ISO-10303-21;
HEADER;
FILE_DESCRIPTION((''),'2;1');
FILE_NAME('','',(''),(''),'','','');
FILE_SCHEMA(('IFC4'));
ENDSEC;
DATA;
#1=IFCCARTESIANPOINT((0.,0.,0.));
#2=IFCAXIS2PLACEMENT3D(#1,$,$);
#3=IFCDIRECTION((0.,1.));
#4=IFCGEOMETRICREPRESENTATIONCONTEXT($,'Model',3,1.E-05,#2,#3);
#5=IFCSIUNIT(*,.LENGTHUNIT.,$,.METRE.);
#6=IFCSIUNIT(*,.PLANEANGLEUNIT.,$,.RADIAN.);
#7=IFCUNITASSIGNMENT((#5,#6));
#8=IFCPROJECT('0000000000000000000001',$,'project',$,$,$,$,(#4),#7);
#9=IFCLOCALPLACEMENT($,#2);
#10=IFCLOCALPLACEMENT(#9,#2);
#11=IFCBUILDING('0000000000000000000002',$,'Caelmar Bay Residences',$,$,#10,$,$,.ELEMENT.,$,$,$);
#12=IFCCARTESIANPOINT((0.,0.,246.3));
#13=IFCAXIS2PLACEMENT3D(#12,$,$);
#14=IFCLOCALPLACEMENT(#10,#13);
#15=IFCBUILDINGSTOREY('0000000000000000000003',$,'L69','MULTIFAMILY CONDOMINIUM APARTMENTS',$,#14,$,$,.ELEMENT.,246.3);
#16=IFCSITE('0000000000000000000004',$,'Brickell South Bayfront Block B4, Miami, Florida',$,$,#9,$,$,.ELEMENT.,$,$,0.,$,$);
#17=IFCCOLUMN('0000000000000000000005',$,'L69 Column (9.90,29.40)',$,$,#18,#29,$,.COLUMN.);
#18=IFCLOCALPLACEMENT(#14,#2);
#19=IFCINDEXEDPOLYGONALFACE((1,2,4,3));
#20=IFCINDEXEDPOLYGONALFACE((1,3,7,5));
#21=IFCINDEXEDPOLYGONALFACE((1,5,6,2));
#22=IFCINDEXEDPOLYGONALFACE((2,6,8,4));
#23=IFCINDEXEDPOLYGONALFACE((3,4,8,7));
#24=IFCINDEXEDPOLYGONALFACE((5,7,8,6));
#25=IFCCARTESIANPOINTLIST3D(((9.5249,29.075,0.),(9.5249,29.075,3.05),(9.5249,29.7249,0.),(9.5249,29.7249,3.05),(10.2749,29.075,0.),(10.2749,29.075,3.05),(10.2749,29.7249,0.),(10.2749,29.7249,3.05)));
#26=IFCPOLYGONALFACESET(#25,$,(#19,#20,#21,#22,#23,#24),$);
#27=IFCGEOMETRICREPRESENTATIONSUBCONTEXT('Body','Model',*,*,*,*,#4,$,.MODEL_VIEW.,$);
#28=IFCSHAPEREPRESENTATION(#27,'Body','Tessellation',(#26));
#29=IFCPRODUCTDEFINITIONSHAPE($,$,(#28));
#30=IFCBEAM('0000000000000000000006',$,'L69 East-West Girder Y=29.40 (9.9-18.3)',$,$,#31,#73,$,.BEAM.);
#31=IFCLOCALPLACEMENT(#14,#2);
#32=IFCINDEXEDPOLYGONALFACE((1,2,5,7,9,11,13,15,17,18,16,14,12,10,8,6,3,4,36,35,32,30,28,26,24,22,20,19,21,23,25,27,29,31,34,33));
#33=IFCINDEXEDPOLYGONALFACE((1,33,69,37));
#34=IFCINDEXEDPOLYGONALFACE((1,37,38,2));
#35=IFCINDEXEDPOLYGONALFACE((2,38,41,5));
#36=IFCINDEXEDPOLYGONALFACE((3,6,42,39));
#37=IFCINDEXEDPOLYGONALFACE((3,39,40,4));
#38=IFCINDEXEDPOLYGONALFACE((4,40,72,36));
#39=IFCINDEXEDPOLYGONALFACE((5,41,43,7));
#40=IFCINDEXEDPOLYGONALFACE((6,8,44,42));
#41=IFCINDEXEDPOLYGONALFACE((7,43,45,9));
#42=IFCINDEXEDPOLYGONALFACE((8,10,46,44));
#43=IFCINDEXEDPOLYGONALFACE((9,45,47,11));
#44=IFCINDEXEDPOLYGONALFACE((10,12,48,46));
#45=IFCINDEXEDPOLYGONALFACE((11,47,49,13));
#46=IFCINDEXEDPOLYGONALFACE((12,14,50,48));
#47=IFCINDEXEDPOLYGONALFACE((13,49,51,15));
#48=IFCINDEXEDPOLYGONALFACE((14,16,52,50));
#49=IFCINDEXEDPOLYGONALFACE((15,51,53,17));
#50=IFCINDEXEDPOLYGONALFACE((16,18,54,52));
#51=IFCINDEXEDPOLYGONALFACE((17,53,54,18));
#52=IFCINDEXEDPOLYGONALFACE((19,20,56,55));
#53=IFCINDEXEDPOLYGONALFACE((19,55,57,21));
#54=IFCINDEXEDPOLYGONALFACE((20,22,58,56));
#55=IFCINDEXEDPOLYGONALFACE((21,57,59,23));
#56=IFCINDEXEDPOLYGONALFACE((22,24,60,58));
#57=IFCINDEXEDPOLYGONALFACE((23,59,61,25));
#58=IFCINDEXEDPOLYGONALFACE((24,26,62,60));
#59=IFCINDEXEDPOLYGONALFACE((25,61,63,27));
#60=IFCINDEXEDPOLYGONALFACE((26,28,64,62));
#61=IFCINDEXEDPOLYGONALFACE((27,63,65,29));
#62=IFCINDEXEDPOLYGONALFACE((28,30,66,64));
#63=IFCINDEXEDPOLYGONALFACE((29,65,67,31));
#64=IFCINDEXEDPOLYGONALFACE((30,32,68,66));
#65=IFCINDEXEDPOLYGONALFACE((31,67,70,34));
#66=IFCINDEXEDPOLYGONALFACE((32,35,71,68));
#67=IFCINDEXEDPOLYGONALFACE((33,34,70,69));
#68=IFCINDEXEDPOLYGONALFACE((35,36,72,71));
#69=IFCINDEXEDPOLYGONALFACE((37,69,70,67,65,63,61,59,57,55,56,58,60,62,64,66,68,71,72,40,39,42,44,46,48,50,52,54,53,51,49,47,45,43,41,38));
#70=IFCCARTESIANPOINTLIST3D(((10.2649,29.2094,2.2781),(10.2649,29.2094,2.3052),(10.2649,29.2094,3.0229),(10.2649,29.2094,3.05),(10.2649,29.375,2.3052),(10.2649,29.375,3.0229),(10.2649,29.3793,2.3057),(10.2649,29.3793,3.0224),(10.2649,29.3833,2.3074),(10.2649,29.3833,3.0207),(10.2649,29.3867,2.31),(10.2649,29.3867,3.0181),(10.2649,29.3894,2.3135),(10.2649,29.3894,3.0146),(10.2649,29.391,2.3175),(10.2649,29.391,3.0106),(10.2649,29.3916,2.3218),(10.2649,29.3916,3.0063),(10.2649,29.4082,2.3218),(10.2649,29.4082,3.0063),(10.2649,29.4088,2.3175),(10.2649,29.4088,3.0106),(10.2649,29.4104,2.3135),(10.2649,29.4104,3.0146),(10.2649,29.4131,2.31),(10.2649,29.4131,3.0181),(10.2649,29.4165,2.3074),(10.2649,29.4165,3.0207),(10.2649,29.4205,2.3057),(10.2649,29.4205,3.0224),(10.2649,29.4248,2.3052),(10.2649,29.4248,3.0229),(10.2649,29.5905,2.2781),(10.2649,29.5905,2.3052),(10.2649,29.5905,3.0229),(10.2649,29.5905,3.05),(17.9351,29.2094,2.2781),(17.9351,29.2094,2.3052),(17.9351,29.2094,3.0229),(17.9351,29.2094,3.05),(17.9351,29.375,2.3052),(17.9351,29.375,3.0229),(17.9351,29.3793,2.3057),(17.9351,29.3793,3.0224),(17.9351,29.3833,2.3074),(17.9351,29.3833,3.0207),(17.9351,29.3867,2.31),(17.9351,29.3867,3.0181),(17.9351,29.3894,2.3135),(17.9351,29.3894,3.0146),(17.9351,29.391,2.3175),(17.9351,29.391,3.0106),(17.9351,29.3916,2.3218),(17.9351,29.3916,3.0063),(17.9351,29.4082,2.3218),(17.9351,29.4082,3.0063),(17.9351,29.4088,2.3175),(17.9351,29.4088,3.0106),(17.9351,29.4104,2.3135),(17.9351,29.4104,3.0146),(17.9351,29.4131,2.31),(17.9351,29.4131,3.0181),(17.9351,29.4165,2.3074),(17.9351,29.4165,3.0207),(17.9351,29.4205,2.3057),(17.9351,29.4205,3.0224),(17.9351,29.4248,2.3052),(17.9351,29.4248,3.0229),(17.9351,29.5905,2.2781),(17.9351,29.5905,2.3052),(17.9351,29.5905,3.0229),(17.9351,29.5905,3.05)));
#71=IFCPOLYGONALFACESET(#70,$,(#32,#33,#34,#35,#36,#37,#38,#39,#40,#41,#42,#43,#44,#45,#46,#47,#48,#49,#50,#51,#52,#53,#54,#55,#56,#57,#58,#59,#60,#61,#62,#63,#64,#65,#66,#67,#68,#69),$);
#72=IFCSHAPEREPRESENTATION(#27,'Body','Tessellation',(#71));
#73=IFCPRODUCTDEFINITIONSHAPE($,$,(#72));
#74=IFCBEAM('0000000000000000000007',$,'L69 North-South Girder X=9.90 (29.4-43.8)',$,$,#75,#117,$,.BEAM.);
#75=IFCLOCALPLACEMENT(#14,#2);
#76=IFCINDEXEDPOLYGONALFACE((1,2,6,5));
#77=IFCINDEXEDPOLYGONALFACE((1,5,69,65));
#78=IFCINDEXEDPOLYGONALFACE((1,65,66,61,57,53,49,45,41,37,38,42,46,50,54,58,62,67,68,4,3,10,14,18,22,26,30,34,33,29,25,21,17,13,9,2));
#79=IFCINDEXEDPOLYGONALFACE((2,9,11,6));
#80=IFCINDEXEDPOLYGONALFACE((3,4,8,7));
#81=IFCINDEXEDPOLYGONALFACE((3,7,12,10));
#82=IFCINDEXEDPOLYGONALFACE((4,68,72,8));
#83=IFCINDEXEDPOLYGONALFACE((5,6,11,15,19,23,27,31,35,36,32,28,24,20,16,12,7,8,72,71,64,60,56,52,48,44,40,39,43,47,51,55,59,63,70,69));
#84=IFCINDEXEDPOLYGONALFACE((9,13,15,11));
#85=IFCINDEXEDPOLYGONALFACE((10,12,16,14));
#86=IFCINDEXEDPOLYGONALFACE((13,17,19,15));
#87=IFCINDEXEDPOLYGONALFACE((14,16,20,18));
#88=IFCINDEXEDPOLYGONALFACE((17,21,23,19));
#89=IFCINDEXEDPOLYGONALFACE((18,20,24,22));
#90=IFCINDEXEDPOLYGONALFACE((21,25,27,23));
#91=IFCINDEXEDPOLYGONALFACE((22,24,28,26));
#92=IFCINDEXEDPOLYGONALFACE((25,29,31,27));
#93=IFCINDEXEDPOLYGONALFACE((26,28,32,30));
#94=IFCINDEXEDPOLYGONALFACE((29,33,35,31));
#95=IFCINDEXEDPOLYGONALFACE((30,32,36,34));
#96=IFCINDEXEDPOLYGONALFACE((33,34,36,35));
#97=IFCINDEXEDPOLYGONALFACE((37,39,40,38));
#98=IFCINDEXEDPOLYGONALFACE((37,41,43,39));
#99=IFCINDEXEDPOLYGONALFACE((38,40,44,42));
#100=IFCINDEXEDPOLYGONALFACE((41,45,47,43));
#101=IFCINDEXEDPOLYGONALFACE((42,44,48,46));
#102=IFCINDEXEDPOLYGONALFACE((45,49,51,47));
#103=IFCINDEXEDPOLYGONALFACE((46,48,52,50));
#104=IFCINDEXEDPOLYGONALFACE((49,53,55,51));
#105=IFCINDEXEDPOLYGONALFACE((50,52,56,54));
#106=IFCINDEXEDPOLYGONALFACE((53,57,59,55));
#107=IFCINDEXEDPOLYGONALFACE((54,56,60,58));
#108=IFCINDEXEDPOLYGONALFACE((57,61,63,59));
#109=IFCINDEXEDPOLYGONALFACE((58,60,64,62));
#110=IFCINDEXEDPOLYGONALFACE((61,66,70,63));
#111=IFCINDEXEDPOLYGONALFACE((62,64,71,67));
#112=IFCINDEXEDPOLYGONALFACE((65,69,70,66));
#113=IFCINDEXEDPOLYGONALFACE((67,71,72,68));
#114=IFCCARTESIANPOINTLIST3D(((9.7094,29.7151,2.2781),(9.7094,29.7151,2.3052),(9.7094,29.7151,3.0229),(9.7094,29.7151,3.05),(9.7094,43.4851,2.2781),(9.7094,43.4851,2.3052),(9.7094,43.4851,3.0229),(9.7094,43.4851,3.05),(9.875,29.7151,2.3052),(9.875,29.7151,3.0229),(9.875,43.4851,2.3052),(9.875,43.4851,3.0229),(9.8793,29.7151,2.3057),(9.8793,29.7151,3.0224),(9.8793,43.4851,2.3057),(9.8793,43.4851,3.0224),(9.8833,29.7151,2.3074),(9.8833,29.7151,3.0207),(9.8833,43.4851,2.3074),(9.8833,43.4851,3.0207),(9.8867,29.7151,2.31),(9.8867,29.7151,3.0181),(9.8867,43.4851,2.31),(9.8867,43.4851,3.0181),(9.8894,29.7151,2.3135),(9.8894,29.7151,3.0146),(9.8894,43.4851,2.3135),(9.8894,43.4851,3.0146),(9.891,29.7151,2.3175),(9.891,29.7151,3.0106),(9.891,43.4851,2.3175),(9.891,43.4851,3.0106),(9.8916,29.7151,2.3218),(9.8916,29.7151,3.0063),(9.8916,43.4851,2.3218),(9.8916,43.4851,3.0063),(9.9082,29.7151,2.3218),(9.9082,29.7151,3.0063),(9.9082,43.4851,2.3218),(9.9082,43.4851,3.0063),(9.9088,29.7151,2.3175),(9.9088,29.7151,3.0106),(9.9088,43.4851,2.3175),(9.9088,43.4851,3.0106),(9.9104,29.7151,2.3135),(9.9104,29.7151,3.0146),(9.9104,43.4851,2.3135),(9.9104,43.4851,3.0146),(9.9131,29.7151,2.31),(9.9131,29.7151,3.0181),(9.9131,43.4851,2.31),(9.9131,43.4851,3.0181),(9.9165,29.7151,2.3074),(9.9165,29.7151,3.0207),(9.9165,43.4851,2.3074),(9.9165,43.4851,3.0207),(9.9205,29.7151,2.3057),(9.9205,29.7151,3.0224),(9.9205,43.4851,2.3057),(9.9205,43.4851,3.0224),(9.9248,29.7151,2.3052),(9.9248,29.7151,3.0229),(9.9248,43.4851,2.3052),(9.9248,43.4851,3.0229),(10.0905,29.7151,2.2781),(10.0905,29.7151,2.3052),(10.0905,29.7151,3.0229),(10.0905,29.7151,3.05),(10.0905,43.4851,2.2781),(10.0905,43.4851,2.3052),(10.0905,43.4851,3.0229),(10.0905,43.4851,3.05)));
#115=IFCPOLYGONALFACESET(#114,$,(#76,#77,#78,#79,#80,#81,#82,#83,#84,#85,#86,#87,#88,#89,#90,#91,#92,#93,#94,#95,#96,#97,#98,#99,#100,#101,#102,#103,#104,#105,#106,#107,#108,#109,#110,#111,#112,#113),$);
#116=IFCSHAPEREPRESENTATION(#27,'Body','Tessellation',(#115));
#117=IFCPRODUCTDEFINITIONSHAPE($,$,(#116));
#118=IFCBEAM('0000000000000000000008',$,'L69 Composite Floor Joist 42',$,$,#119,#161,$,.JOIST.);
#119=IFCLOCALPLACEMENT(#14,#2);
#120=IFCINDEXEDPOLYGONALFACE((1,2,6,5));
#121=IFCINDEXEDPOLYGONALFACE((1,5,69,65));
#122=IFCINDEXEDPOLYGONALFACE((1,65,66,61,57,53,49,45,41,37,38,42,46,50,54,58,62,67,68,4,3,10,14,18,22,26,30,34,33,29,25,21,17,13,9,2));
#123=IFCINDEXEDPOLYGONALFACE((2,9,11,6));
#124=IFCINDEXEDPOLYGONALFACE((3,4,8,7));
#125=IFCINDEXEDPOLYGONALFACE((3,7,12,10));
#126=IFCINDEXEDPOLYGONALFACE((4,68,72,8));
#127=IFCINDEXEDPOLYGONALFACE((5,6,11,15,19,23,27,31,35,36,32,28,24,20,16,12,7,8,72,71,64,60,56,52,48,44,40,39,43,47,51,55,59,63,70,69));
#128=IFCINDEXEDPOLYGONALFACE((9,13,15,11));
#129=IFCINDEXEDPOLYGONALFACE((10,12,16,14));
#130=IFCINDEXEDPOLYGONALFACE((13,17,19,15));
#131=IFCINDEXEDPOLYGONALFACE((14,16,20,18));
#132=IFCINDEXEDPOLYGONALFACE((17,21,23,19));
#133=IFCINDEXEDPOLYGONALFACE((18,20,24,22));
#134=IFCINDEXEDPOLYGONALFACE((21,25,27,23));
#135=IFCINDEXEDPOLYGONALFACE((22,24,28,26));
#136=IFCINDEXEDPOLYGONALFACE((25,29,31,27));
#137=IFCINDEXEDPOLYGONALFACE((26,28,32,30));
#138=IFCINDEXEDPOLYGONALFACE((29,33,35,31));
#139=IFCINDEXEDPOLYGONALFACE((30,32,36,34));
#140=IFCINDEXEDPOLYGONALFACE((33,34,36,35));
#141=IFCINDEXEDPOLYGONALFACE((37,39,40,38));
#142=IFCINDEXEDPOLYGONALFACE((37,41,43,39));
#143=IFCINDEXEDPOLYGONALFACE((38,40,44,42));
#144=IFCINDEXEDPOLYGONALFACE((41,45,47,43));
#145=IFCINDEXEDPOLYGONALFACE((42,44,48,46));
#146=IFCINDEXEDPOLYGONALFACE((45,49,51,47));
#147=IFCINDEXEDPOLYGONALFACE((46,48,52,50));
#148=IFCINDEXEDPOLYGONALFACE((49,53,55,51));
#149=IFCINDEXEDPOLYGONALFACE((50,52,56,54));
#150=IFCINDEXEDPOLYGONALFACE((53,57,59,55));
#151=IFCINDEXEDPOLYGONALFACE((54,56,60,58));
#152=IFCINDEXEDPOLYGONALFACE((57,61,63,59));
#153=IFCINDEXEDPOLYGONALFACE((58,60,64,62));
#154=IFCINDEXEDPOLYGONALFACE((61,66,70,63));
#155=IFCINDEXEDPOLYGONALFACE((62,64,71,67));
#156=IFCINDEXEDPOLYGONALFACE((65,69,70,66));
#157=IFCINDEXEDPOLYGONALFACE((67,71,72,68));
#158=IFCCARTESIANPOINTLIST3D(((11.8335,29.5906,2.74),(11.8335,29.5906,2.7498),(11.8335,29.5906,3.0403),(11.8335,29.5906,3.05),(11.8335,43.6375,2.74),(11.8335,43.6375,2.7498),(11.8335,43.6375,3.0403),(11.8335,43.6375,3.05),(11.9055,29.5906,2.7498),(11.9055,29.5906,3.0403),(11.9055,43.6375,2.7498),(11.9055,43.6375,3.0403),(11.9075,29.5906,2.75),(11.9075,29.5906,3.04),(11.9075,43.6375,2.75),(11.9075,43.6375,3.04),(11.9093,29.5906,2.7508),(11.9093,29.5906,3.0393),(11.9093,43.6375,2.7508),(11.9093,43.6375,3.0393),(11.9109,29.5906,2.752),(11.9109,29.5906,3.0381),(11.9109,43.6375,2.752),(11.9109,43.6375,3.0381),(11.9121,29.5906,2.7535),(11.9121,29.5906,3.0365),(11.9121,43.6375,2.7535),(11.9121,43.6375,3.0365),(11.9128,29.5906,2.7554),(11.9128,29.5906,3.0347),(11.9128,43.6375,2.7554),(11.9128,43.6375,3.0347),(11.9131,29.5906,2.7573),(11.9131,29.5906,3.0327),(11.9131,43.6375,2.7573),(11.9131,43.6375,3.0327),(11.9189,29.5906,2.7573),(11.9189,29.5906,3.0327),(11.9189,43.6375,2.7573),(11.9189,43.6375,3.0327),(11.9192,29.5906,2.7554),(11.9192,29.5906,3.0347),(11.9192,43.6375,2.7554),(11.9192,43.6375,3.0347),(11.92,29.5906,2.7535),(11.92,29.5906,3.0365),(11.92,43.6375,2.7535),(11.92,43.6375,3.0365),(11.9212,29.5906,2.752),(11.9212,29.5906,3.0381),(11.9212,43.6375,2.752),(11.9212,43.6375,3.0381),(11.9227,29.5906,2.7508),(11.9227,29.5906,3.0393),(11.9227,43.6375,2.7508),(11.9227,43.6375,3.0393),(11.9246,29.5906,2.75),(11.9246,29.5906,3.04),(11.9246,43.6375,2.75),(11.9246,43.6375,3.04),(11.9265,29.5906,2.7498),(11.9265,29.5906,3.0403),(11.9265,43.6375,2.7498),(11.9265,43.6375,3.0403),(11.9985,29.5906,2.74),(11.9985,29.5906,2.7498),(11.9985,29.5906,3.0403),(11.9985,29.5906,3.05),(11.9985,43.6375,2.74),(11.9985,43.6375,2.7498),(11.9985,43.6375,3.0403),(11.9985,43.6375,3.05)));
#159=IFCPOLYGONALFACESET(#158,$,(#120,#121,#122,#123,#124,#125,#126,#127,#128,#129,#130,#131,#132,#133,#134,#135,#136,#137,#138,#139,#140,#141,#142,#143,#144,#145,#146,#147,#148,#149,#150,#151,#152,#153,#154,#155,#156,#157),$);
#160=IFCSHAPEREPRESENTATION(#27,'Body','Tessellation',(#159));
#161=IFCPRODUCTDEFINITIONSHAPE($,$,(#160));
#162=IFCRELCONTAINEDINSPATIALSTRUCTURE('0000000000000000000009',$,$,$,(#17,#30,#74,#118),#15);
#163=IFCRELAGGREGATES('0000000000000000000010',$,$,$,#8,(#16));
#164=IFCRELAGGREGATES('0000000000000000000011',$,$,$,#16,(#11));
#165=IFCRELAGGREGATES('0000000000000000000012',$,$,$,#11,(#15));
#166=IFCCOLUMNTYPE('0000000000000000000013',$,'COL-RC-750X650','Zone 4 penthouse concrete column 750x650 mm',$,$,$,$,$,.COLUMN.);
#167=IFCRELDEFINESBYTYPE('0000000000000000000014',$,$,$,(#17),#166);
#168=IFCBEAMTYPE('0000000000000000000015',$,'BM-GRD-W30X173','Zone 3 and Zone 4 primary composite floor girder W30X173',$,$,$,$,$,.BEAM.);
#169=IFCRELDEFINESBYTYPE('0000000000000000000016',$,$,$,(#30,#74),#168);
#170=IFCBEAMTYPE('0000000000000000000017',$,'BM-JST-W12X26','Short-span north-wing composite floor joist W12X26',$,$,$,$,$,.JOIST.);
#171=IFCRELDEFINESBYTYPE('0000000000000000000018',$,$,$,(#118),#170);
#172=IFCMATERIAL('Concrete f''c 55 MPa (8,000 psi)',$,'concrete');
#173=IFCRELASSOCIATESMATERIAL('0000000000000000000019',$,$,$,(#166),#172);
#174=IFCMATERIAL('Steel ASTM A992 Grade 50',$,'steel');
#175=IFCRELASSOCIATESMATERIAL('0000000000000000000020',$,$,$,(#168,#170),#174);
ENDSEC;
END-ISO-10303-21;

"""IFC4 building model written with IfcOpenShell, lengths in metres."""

from ifc_helpers import new_model, si_unit, direction, frame, origin, origin_2d, place, context, subcontext, project, spatial, rectangle, i_section, extrude, material, material_profile, profile_set, type_object, element, save


model = new_model("IFC4")

# Units and contexts
model_context = context("Model", 3, precision=1e-05, world=origin(), true_north=direction((0.0, 1.0)))
body_context = subcontext(model_context, "Body", "Model", "MODEL_VIEW")
ifc_project = project(units=[si_unit("LENGTHUNIT", "METRE"), si_unit("PLANEANGLEUNIT", "RADIAN")], contexts=[model_context])

# Site, building, storey
site_placement = place(None, origin())
site = spatial("IfcSite", under=ifc_project, at=site_placement, Name="Brickell South Bayfront Block B4, Miami, Florida", CompositionType="ELEMENT", RefElevation=0.0)
building_placement = place(site_placement, origin())
building = spatial("IfcBuilding", under=site, at=building_placement, Name="Caelmar Bay Residences", CompositionType="ELEMENT")
storey_placement = place(building_placement, frame((0.0, 0.0, 246.3)))
storey = spatial("IfcBuildingStorey", under=building, at=storey_placement, Name="L69", Description="MULTIFAMILY CONDOMINIUM APARTMENTS", CompositionType="ELEMENT", Elevation=246.3)

# Column
ifc_material_1 = material(Name="Concrete f'c 55 MPa (8,000 psi)", Category="concrete")
ifc_material_profile_1 = material_profile(ifc_material_1, rectangle(XDim=0.75, YDim=0.6499, at=origin_2d()), Name="RC-COL-750X650")
ifc_profile_set_1 = profile_set([ifc_material_profile_1], Name="Concrete f'c 55 MPa (8,000 psi)")
column_type = type_object("IfcColumnType", Name="COL-RC-750X650", Description="Zone 4 penthouse concrete column 750x650 mm", PredefinedType="COLUMN", material=ifc_profile_set_1)
column_placement = place(storey_placement, frame((9.8999, 29.3999, 0.0), z_axis=(0.0, 0.0, 1.0), x_axis=(1.0, 0.0, 0.0)))
element("IfcColumn", 1, at=column_placement, inside=storey, type_object=column_type, Name="L69 Column (9.90,29.40)", PredefinedType="COLUMN", context=body_context, shape_type="SweptSolid", body=[
    extrude(rectangle(XDim=0.75, YDim=0.6499, at=origin_2d()), origin(), (0.0, 0.0, 1.0), 3.05),
])

# Beams
ifc_material_2 = material(Name="Steel ASTM A992 Grade 50", Category="steel")
ifc_material_profile_2 = material_profile(ifc_material_2, i_section(OverallWidth=0.3811, OverallDepth=0.772, WebThickness=0.0166, FlangeThickness=0.0271, FilletRadius=0.0166, at=origin_2d()), Name="W30X173")
ifc_profile_set_2 = profile_set([ifc_material_profile_2], Name="Steel ASTM A992 Grade 50")
beam_type_1 = type_object("IfcBeamType", Name="BM-GRD-W30X173", Description="Zone 3 and Zone 4 primary composite floor girder W30X173", PredefinedType="BEAM", material=ifc_profile_set_2)
beam_1_placement = place(storey_placement, frame((10.2649, 29.3999, 2.6641), z_axis=(1.0, 0.0, 0.0), x_axis=(0.0, 1.0, 0.0)))
element("IfcBeam", 2, at=beam_1_placement, inside=storey, type_object=beam_type_1, Name="L69 East-West Girder Y=29.40 (9.9-18.3)", PredefinedType="BEAM", context=body_context, shape_type="SweptSolid", body=[
    extrude(i_section(OverallWidth=0.3811, OverallDepth=0.772, WebThickness=0.0166, FlangeThickness=0.0271, FilletRadius=0.0166, at=origin_2d()), origin(), (0.0, 0.0, 1.0), 7.6702),
])
beam_2_placement = place(storey_placement, frame((9.8999, 29.7151, 2.6641), z_axis=(0.0, 1.0, 0.0), x_axis=(-1.0, 0.0, 0.0)))
element("IfcBeam", 3, at=beam_2_placement, inside=storey, type_object=beam_type_1, Name="L69 North-South Girder X=9.90 (29.4-43.8)", PredefinedType="BEAM", context=body_context, shape_type="SweptSolid", body=[
    extrude(i_section(OverallWidth=0.3811, OverallDepth=0.772, WebThickness=0.0166, FlangeThickness=0.0271, FilletRadius=0.0166, at=origin_2d()), origin(), (0.0, 0.0, 1.0), 13.77),
])
ifc_material_profile_3 = material_profile(ifc_material_2, i_section(OverallWidth=0.165, OverallDepth=0.3101, WebThickness=0.0059, FlangeThickness=0.0098, FilletRadius=0.0076, at=origin_2d()), Name="W12X26")
ifc_profile_set_3 = profile_set([ifc_material_profile_3], Name="Steel ASTM A992 Grade 50")
beam_type_2 = type_object("IfcBeamType", Name="BM-JST-W12X26", Description="Short-span north-wing composite floor joist W12X26", PredefinedType="JOIST", material=ifc_profile_set_3)
beam_3_placement = place(storey_placement, frame((11.916, 29.5906, 2.895), z_axis=(0.0, 1.0, 0.0), x_axis=(-1.0, 0.0, 0.0)))
element("IfcBeam", 4, at=beam_3_placement, inside=storey, type_object=beam_type_2, Name="L69 Composite Floor Joist 42", PredefinedType="JOIST", context=body_context, shape_type="SweptSolid", body=[
    extrude(i_section(OverallWidth=0.165, OverallDepth=0.3101, WebThickness=0.0059, FlangeThickness=0.0098, FilletRadius=0.0076, at=origin_2d()), origin(), (0.0, 0.0, 1.0), 14.0469),
])

save(model, "model.ifc")
